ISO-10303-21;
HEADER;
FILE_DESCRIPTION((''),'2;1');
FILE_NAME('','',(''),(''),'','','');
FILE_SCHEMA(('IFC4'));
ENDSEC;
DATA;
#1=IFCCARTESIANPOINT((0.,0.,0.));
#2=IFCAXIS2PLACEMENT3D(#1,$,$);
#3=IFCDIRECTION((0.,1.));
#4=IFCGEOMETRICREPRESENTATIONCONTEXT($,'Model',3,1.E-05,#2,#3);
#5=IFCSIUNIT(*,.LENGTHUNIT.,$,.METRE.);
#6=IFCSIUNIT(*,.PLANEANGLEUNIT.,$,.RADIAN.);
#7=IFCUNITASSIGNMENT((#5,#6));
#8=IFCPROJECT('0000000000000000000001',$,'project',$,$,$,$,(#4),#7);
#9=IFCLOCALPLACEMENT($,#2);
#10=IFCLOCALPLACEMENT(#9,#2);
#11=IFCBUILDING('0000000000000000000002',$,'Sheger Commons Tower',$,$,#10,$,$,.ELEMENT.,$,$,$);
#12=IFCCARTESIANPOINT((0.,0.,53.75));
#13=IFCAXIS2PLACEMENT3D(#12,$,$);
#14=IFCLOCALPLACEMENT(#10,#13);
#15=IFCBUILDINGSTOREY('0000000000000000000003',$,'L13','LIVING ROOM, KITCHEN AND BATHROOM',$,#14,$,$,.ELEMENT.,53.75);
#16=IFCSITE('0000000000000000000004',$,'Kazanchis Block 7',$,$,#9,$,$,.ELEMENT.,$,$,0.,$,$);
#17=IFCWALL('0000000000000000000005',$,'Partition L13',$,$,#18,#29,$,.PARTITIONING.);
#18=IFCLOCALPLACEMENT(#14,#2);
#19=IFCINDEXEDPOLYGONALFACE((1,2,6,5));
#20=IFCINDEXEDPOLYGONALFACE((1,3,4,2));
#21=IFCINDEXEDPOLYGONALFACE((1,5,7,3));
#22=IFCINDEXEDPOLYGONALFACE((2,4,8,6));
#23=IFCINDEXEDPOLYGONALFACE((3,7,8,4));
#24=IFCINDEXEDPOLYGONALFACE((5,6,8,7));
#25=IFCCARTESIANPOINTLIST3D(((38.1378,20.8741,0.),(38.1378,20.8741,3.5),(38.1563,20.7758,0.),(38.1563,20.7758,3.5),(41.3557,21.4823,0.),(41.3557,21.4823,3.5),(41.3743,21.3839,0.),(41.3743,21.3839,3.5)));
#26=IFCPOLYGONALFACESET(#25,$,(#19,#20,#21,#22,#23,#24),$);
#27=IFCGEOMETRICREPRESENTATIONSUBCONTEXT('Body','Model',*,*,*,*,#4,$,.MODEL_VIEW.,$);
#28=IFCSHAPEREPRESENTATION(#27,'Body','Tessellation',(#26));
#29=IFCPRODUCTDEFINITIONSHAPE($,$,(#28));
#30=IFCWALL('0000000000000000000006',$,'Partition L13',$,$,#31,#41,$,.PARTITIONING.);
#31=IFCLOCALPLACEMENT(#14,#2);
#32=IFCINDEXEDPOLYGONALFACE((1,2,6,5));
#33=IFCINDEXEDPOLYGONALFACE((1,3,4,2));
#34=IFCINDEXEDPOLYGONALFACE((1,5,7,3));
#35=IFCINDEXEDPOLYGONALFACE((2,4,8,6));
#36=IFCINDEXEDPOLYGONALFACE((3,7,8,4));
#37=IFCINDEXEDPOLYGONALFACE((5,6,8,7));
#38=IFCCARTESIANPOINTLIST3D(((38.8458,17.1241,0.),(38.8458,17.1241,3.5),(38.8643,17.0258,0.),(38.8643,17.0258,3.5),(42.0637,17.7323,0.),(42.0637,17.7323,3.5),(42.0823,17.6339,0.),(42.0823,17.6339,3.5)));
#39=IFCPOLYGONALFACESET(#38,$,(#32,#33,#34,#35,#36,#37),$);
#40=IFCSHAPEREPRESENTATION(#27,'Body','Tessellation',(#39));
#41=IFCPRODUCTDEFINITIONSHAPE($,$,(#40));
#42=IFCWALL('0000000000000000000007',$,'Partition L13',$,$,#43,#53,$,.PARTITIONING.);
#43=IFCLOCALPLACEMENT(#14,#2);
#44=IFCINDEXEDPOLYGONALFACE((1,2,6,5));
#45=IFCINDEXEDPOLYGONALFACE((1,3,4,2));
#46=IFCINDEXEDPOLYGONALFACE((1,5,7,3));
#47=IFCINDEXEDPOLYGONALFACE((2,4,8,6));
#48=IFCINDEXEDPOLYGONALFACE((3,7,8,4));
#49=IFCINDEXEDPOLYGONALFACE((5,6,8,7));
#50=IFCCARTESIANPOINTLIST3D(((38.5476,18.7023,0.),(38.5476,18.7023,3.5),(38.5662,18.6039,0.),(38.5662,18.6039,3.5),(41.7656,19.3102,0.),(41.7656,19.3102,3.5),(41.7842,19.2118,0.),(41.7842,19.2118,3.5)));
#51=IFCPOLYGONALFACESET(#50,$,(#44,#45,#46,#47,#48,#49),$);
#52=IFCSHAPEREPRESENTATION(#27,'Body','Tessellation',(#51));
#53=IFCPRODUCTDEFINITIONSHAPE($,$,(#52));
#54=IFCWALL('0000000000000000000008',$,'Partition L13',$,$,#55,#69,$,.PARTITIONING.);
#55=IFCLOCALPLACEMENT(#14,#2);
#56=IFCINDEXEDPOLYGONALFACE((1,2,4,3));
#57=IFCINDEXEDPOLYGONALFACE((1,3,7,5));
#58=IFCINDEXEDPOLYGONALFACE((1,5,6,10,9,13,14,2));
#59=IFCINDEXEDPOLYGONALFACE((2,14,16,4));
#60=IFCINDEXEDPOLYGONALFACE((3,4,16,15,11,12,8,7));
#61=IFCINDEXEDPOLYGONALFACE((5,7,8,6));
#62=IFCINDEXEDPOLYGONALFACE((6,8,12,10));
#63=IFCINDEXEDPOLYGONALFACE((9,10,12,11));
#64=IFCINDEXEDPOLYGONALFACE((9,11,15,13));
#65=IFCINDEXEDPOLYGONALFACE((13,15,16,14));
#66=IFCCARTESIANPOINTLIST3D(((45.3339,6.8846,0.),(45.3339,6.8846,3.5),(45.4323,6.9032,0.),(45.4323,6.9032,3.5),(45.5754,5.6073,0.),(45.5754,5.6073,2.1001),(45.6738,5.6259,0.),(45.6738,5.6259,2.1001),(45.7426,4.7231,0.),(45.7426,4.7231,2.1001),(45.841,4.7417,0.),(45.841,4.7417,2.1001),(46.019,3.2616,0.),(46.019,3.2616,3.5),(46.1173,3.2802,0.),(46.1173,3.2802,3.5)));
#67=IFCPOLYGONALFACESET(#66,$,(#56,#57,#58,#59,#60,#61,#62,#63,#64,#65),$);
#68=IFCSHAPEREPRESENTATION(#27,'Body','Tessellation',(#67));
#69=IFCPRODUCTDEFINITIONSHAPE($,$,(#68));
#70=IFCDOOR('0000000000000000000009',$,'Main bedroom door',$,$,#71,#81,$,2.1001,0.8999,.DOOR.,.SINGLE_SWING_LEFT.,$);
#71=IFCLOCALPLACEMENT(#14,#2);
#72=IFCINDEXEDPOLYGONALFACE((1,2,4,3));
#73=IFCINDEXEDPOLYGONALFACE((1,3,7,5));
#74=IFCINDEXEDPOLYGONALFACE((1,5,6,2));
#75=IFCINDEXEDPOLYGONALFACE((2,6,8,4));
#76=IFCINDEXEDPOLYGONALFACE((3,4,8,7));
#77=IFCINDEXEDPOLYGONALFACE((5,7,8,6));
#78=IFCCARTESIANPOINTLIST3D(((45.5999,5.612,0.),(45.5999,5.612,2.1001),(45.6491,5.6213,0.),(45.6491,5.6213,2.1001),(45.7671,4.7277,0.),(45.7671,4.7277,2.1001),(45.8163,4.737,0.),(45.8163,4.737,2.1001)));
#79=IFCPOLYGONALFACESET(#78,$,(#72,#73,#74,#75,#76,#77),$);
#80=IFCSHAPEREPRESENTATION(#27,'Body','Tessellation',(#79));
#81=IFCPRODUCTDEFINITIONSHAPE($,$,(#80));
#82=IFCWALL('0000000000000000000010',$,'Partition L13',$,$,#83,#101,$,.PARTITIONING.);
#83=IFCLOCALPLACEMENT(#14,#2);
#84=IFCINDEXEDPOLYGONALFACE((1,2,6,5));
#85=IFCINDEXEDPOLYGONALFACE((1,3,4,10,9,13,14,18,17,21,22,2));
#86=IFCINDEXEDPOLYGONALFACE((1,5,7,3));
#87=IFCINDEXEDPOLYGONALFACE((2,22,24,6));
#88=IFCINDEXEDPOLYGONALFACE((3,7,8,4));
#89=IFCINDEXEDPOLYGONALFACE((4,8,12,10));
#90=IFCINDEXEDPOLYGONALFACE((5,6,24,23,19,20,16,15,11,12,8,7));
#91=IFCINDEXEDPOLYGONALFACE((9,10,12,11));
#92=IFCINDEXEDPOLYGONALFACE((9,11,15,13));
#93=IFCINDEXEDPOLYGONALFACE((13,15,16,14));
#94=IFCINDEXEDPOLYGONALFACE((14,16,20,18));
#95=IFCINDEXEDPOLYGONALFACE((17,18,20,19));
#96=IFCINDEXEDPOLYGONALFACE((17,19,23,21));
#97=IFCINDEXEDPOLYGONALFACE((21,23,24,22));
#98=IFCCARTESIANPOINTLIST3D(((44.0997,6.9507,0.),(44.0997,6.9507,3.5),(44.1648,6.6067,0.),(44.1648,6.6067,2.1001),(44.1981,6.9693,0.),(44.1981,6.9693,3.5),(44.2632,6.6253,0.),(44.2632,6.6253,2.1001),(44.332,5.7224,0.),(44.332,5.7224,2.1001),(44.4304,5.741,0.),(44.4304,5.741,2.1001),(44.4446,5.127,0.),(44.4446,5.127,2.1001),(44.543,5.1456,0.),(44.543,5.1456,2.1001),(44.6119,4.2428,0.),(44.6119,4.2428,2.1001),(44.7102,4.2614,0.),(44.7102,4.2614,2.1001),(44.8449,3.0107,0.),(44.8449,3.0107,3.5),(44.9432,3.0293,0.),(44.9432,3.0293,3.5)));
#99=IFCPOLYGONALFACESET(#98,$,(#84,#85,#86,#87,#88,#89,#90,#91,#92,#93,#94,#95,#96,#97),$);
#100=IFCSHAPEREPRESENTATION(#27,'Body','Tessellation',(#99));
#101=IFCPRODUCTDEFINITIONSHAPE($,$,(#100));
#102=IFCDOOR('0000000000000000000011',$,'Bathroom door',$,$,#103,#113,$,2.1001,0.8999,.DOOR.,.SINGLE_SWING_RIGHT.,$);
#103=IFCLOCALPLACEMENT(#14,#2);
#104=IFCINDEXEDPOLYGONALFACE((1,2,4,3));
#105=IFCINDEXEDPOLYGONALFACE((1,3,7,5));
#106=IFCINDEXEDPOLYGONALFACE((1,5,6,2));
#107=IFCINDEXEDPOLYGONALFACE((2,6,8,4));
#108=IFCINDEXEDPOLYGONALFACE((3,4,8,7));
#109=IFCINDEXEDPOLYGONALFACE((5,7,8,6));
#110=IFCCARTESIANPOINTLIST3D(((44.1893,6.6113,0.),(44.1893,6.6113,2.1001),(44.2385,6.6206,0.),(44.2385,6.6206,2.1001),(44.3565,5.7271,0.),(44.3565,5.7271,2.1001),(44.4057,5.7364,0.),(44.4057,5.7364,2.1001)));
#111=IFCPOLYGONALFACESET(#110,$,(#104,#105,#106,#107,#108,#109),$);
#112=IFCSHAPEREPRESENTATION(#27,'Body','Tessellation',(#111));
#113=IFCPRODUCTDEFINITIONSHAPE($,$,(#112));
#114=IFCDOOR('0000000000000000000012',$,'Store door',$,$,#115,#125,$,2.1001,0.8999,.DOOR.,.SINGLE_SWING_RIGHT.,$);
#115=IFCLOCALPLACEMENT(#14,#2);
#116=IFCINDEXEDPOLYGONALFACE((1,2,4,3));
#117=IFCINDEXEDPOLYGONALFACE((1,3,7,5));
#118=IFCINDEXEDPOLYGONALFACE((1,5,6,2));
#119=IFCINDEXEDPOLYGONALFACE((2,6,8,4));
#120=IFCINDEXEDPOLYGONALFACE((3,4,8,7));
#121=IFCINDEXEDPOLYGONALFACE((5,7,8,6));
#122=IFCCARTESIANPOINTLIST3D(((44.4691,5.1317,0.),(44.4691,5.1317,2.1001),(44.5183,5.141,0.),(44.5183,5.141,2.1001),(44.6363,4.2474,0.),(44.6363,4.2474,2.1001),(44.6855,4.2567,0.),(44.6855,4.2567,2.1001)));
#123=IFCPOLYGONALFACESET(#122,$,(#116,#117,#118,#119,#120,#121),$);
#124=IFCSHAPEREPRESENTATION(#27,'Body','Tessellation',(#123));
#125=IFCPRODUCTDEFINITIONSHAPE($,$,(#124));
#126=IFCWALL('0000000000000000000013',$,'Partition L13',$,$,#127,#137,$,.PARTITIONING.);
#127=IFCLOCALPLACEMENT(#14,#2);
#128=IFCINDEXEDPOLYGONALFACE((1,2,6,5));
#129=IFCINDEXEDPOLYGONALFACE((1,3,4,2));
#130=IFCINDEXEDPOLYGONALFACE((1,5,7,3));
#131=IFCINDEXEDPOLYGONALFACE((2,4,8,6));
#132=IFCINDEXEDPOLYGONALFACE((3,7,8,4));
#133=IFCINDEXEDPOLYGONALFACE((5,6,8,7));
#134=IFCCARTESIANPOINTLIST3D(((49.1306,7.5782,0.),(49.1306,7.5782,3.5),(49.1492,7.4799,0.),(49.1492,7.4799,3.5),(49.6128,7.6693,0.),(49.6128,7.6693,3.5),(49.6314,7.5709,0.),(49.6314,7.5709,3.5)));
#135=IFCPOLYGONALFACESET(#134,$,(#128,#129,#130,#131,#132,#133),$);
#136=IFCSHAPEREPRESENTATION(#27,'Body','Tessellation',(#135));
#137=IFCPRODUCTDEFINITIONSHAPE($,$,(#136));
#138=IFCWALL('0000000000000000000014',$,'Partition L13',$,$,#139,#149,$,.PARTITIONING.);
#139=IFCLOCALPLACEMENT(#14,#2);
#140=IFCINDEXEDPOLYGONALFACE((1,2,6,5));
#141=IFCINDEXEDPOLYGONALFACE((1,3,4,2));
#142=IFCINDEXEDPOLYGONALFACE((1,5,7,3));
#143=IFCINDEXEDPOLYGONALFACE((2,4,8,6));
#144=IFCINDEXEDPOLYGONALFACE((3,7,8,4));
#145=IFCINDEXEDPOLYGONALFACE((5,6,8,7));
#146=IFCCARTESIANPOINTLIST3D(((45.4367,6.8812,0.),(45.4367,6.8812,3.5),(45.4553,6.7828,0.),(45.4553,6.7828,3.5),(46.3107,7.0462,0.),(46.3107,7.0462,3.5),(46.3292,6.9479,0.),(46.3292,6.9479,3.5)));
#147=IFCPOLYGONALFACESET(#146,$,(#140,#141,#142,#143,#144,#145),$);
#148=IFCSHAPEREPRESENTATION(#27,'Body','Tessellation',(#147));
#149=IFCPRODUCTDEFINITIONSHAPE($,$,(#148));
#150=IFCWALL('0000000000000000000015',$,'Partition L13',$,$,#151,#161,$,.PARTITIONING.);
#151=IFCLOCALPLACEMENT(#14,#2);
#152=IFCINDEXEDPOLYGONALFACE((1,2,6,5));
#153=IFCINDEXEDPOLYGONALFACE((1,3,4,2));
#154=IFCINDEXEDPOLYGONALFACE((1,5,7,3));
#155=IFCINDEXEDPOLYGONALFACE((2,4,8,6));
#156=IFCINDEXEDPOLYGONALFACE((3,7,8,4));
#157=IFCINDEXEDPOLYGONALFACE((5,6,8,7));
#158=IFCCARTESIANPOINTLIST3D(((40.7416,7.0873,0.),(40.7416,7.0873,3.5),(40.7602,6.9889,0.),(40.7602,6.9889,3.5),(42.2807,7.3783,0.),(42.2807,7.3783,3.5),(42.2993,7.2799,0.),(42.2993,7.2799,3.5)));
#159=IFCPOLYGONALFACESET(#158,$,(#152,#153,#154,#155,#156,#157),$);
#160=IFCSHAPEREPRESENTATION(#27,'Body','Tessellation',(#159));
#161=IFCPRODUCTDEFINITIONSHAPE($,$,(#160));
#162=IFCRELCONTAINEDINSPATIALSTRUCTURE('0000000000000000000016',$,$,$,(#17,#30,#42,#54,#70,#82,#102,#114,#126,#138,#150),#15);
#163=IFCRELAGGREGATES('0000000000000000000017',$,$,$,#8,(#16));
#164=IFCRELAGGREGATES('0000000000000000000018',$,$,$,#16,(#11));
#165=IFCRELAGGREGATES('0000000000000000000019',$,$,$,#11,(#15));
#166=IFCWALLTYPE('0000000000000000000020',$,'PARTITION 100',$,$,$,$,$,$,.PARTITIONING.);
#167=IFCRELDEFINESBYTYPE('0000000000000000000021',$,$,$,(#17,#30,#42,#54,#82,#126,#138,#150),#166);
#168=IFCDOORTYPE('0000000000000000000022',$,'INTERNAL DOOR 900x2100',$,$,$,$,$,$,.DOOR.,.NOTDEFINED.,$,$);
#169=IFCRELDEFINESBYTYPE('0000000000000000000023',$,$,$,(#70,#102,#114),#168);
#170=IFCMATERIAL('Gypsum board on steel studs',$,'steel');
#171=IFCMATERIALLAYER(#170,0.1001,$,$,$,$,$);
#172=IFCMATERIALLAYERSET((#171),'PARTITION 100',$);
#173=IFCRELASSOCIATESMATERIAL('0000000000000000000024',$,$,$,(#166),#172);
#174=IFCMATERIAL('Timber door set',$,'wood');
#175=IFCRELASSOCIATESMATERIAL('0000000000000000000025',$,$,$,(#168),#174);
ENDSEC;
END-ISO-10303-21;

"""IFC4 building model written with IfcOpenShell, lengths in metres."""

from ifc_helpers import new_model, si_unit, direction, frame, frame_2d, origin, place, context, subcontext, project, spatial, rectangle, extrude, material, layer, layer_set, type_object, element, fill, save


model = new_model("IFC4")

# Units and contexts
model_context = context("Model", 3, precision=1e-05, world=origin(), true_north=direction((0.0, 1.0)))
body_context = subcontext(model_context, "Body", "Model", "MODEL_VIEW")
ifc_project = project(units=[si_unit("LENGTHUNIT", "METRE"), si_unit("PLANEANGLEUNIT", "RADIAN")], contexts=[model_context])

# Site, building, storey
site_placement = place(None, origin())
site = spatial("IfcSite", under=ifc_project, at=site_placement, Name="Kazanchis Block 7", CompositionType="ELEMENT", RefElevation=0.0)
building_placement = place(site_placement, origin())
building = spatial("IfcBuilding", under=site, at=building_placement, Name="Sheger Commons Tower", CompositionType="ELEMENT")
storey_placement = place(building_placement, frame((0.0, 0.0, 53.75)))
storey = spatial("IfcBuildingStorey", under=building, at=storey_placement, Name="L13", Description="LIVING ROOM, KITCHEN AND BATHROOM", CompositionType="ELEMENT", Elevation=53.75)

# Walls
ifc_material_1 = material(Name="Gypsum board on steel studs", Category="steel")
ifc_layer_1 = layer(ifc_material_1, 0.1001)
ifc_layer_set_1 = layer_set([ifc_layer_1], Name="PARTITION 100")
wall_type_1 = type_object("IfcWallType", Name="PARTITION 100", PredefinedType="PARTITIONING", material=ifc_layer_set_1)
for number, where, z_axis, x_axis, name in (
    (1, (41.365, 21.4331, 0.0), (0.0, 0.0, 1.0), (-0.982607, -0.185697, 0.0), "Partition L13"),
    (2, (42.073, 17.6831, 0.0), (0.0, 0.0, 1.0), (-0.982607, -0.185697, 0.0), "Partition L13"),
    (3, (41.7749, 19.261, 0.0), (0.0, 0.0, 1.0), (-0.982621, -0.185625, 0.0), "Partition L13"),
):
    element("IfcWall", number, at=place(storey_placement, frame(where, z_axis=z_axis, x_axis=x_axis)), inside=storey, type_object=wall_type_1, Name=name, PredefinedType="PARTITIONING", context=body_context, shape_type="SweptSolid", body=[
        extrude(rectangle(XDim=3.2749, YDim=0.1001, at=frame_2d((1.6375, 0.0))), origin(), (0.0, 0.0, 1.0), 3.5),
    ])

# Wall, opening, door
wall_1_placement = place(storey_placement, frame((45.3831, 6.894, 0.0), z_axis=(0.0, 0.0, 1.0), x_axis=(0.185791, -0.982589, 0.0)))
wall_1 = element("IfcWall", 4, at=wall_1_placement, inside=storey, type_object=wall_type_1, Name="Partition L13", PredefinedType="PARTITIONING", context=body_context, shape_type="SweptSolid", body=[
    extrude(rectangle(XDim=3.6873, YDim=0.1001, at=frame_2d((1.8438, 0.0))), origin(), (0.0, 0.0, 1.0), 3.5),
])
opening_1_placement = place(wall_1_placement, frame((1.3, 0.0, 0.0)))
opening_1 = element("IfcOpeningElement", 5, at=opening_1_placement, cuts=wall_1, PredefinedType="OPENING", context=body_context, shape_type="SweptSolid", body=[
    extrude(rectangle(XDim=0.8999, YDim=2.1001, at=frame_2d((0.45, 1.05))), frame((0.0, 0.0601, 0.0), z_axis=(0.0, -1.0, 0.0), x_axis=(1.0, 0.0, 0.0)), (0.0, 0.0, 1.0), 0.1201),
])
ifc_material_2 = material(Name="Timber door set", Category="wood")
door_type_1 = type_object("IfcDoorType", Name="INTERNAL DOOR 900x2100", OperationType="NOTDEFINED", PredefinedType="DOOR", material=ifc_material_2)
door_1_placement = place(opening_1_placement, origin())
door_1 = element("IfcDoor", 6, at=door_1_placement, inside=storey, type_object=door_type_1, Name="Main bedroom door", OperationType="SINGLE_SWING_LEFT", OverallHeight=2.1001, OverallWidth=0.8999, PredefinedType="DOOR", context=body_context, shape_type="SweptSolid", body=[
    extrude(rectangle(XDim=0.8999, YDim=2.1001, at=frame_2d((0.45, 1.05))), frame((0.0, 0.0249, 0.0), z_axis=(0.0, -1.0, 0.0), x_axis=(1.0, 0.0, 0.0)), (0.0, 0.0, 1.0), 0.05),
])
fill(opening_1, door_1)

# Wall, openings, doors
wall_2_placement = place(storey_placement, frame((44.1489, 6.96, 0.0), z_axis=(0.0, 0.0, 1.0), x_axis=(0.185825, -0.982583, 0.0)))
wall_2 = element("IfcWall", 7, at=wall_2_placement, inside=storey, type_object=wall_type_1, Name="Partition L13", PredefinedType="PARTITIONING", context=body_context, shape_type="SweptSolid", body=[
    extrude(rectangle(XDim=4.0098, YDim=0.1001, at=frame_2d((2.0049, 0.0))), origin(), (0.0, 0.0, 1.0), 3.5),
])
opening_2_placement = place(wall_2_placement, frame((0.3501, 0.0, 0.0)))
opening_2 = element("IfcOpeningElement", 8, at=opening_2_placement, cuts=wall_2, PredefinedType="OPENING", context=body_context, shape_type="SweptSolid", body=[
    extrude(rectangle(XDim=0.8999, YDim=2.1001, at=frame_2d((0.45, 1.05))), frame((0.0, 0.0601, 0.0), z_axis=(0.0, -1.0, 0.0), x_axis=(1.0, 0.0, 0.0)), (0.0, 0.0, 1.0), 0.1201),
])
opening_3_placement = place(wall_2_placement, frame((1.856, 0.0, 0.0)))
opening_3 = element("IfcOpeningElement", 9, at=opening_3_placement, cuts=wall_2, PredefinedType="OPENING", context=body_context, shape_type="SweptSolid", body=[
    extrude(rectangle(XDim=0.8999, YDim=2.1001, at=frame_2d((0.45, 1.05))), frame((0.0, 0.0601, 0.0), z_axis=(0.0, -1.0, 0.0), x_axis=(1.0, 0.0, 0.0)), (0.0, 0.0, 1.0), 0.1201),
])
door_2_placement = place(opening_2_placement, origin())
door_2 = element("IfcDoor", 10, at=door_2_placement, inside=storey, type_object=door_type_1, Name="Bathroom door", OperationType="SINGLE_SWING_RIGHT", OverallHeight=2.1001, OverallWidth=0.8999, PredefinedType="DOOR", context=body_context, shape_type="SweptSolid", body=[
    extrude(rectangle(XDim=0.8999, YDim=2.1001, at=frame_2d((0.45, 1.05))), frame((0.0, 0.0249, 0.0), z_axis=(0.0, -1.0, 0.0), x_axis=(1.0, 0.0, 0.0)), (0.0, 0.0, 1.0), 0.05),
])
fill(opening_2, door_2)
door_3_placement = place(opening_3_placement, origin())
door_3 = element("IfcDoor", 11, at=door_3_placement, inside=storey, type_object=door_type_1, Name="Store door", OperationType="SINGLE_SWING_RIGHT", OverallHeight=2.1001, OverallWidth=0.8999, PredefinedType="DOOR", context=body_context, shape_type="SweptSolid", body=[
    extrude(rectangle(XDim=0.8999, YDim=2.1001, at=frame_2d((0.45, 1.05))), frame((0.0, 0.0249, 0.0), z_axis=(0.0, -1.0, 0.0), x_axis=(1.0, 0.0, 0.0)), (0.0, 0.0, 1.0), 0.05),
])
fill(opening_3, door_3)

# Walls
wall_3_placement = place(storey_placement, frame((49.6221, 7.6201, 0.0), z_axis=(0.0, 0.0, 1.0), x_axis=(-0.982629, -0.18558, 0.0)))
element("IfcWall", 12, at=wall_3_placement, inside=storey, type_object=wall_type_1, Name="Partition L13", PredefinedType="PARTITIONING", context=body_context, shape_type="SweptSolid", body=[
    extrude(rectangle(XDim=0.4907, YDim=0.1001, at=frame_2d((0.2454, 0.0))), origin(), (0.0, 0.0, 1.0), 3.5),
])
wall_4_placement = place(storey_placement, frame((46.3201, 6.9971, 0.0), z_axis=(0.0, 0.0, 1.0), x_axis=(-0.982635, -0.185548, 0.0)))
element("IfcWall", 13, at=wall_4_placement, inside=storey, type_object=wall_type_1, Name="Partition L13", PredefinedType="PARTITIONING", context=body_context, shape_type="SweptSolid", body=[
    extrude(rectangle(XDim=0.8894, YDim=0.1001, at=frame_2d((0.4448, 0.0))), origin(), (0.0, 0.0, 1.0), 3.5),
])
wall_5_placement = place(storey_placement, frame((42.29, 7.3291, 0.0), z_axis=(0.0, 0.0, 1.0), x_axis=(-0.982589, -0.185794, 0.0)))
element("IfcWall", 14, at=wall_5_placement, inside=storey, type_object=wall_type_1, Name="Partition L13", PredefinedType="PARTITIONING", context=body_context, shape_type="SweptSolid", body=[
    extrude(rectangle(XDim=1.5664, YDim=0.1001, at=frame_2d((0.7832, 0.0))), origin(), (0.0, 0.0, 1.0), 3.5),
])

save(model, "model.ifc")
